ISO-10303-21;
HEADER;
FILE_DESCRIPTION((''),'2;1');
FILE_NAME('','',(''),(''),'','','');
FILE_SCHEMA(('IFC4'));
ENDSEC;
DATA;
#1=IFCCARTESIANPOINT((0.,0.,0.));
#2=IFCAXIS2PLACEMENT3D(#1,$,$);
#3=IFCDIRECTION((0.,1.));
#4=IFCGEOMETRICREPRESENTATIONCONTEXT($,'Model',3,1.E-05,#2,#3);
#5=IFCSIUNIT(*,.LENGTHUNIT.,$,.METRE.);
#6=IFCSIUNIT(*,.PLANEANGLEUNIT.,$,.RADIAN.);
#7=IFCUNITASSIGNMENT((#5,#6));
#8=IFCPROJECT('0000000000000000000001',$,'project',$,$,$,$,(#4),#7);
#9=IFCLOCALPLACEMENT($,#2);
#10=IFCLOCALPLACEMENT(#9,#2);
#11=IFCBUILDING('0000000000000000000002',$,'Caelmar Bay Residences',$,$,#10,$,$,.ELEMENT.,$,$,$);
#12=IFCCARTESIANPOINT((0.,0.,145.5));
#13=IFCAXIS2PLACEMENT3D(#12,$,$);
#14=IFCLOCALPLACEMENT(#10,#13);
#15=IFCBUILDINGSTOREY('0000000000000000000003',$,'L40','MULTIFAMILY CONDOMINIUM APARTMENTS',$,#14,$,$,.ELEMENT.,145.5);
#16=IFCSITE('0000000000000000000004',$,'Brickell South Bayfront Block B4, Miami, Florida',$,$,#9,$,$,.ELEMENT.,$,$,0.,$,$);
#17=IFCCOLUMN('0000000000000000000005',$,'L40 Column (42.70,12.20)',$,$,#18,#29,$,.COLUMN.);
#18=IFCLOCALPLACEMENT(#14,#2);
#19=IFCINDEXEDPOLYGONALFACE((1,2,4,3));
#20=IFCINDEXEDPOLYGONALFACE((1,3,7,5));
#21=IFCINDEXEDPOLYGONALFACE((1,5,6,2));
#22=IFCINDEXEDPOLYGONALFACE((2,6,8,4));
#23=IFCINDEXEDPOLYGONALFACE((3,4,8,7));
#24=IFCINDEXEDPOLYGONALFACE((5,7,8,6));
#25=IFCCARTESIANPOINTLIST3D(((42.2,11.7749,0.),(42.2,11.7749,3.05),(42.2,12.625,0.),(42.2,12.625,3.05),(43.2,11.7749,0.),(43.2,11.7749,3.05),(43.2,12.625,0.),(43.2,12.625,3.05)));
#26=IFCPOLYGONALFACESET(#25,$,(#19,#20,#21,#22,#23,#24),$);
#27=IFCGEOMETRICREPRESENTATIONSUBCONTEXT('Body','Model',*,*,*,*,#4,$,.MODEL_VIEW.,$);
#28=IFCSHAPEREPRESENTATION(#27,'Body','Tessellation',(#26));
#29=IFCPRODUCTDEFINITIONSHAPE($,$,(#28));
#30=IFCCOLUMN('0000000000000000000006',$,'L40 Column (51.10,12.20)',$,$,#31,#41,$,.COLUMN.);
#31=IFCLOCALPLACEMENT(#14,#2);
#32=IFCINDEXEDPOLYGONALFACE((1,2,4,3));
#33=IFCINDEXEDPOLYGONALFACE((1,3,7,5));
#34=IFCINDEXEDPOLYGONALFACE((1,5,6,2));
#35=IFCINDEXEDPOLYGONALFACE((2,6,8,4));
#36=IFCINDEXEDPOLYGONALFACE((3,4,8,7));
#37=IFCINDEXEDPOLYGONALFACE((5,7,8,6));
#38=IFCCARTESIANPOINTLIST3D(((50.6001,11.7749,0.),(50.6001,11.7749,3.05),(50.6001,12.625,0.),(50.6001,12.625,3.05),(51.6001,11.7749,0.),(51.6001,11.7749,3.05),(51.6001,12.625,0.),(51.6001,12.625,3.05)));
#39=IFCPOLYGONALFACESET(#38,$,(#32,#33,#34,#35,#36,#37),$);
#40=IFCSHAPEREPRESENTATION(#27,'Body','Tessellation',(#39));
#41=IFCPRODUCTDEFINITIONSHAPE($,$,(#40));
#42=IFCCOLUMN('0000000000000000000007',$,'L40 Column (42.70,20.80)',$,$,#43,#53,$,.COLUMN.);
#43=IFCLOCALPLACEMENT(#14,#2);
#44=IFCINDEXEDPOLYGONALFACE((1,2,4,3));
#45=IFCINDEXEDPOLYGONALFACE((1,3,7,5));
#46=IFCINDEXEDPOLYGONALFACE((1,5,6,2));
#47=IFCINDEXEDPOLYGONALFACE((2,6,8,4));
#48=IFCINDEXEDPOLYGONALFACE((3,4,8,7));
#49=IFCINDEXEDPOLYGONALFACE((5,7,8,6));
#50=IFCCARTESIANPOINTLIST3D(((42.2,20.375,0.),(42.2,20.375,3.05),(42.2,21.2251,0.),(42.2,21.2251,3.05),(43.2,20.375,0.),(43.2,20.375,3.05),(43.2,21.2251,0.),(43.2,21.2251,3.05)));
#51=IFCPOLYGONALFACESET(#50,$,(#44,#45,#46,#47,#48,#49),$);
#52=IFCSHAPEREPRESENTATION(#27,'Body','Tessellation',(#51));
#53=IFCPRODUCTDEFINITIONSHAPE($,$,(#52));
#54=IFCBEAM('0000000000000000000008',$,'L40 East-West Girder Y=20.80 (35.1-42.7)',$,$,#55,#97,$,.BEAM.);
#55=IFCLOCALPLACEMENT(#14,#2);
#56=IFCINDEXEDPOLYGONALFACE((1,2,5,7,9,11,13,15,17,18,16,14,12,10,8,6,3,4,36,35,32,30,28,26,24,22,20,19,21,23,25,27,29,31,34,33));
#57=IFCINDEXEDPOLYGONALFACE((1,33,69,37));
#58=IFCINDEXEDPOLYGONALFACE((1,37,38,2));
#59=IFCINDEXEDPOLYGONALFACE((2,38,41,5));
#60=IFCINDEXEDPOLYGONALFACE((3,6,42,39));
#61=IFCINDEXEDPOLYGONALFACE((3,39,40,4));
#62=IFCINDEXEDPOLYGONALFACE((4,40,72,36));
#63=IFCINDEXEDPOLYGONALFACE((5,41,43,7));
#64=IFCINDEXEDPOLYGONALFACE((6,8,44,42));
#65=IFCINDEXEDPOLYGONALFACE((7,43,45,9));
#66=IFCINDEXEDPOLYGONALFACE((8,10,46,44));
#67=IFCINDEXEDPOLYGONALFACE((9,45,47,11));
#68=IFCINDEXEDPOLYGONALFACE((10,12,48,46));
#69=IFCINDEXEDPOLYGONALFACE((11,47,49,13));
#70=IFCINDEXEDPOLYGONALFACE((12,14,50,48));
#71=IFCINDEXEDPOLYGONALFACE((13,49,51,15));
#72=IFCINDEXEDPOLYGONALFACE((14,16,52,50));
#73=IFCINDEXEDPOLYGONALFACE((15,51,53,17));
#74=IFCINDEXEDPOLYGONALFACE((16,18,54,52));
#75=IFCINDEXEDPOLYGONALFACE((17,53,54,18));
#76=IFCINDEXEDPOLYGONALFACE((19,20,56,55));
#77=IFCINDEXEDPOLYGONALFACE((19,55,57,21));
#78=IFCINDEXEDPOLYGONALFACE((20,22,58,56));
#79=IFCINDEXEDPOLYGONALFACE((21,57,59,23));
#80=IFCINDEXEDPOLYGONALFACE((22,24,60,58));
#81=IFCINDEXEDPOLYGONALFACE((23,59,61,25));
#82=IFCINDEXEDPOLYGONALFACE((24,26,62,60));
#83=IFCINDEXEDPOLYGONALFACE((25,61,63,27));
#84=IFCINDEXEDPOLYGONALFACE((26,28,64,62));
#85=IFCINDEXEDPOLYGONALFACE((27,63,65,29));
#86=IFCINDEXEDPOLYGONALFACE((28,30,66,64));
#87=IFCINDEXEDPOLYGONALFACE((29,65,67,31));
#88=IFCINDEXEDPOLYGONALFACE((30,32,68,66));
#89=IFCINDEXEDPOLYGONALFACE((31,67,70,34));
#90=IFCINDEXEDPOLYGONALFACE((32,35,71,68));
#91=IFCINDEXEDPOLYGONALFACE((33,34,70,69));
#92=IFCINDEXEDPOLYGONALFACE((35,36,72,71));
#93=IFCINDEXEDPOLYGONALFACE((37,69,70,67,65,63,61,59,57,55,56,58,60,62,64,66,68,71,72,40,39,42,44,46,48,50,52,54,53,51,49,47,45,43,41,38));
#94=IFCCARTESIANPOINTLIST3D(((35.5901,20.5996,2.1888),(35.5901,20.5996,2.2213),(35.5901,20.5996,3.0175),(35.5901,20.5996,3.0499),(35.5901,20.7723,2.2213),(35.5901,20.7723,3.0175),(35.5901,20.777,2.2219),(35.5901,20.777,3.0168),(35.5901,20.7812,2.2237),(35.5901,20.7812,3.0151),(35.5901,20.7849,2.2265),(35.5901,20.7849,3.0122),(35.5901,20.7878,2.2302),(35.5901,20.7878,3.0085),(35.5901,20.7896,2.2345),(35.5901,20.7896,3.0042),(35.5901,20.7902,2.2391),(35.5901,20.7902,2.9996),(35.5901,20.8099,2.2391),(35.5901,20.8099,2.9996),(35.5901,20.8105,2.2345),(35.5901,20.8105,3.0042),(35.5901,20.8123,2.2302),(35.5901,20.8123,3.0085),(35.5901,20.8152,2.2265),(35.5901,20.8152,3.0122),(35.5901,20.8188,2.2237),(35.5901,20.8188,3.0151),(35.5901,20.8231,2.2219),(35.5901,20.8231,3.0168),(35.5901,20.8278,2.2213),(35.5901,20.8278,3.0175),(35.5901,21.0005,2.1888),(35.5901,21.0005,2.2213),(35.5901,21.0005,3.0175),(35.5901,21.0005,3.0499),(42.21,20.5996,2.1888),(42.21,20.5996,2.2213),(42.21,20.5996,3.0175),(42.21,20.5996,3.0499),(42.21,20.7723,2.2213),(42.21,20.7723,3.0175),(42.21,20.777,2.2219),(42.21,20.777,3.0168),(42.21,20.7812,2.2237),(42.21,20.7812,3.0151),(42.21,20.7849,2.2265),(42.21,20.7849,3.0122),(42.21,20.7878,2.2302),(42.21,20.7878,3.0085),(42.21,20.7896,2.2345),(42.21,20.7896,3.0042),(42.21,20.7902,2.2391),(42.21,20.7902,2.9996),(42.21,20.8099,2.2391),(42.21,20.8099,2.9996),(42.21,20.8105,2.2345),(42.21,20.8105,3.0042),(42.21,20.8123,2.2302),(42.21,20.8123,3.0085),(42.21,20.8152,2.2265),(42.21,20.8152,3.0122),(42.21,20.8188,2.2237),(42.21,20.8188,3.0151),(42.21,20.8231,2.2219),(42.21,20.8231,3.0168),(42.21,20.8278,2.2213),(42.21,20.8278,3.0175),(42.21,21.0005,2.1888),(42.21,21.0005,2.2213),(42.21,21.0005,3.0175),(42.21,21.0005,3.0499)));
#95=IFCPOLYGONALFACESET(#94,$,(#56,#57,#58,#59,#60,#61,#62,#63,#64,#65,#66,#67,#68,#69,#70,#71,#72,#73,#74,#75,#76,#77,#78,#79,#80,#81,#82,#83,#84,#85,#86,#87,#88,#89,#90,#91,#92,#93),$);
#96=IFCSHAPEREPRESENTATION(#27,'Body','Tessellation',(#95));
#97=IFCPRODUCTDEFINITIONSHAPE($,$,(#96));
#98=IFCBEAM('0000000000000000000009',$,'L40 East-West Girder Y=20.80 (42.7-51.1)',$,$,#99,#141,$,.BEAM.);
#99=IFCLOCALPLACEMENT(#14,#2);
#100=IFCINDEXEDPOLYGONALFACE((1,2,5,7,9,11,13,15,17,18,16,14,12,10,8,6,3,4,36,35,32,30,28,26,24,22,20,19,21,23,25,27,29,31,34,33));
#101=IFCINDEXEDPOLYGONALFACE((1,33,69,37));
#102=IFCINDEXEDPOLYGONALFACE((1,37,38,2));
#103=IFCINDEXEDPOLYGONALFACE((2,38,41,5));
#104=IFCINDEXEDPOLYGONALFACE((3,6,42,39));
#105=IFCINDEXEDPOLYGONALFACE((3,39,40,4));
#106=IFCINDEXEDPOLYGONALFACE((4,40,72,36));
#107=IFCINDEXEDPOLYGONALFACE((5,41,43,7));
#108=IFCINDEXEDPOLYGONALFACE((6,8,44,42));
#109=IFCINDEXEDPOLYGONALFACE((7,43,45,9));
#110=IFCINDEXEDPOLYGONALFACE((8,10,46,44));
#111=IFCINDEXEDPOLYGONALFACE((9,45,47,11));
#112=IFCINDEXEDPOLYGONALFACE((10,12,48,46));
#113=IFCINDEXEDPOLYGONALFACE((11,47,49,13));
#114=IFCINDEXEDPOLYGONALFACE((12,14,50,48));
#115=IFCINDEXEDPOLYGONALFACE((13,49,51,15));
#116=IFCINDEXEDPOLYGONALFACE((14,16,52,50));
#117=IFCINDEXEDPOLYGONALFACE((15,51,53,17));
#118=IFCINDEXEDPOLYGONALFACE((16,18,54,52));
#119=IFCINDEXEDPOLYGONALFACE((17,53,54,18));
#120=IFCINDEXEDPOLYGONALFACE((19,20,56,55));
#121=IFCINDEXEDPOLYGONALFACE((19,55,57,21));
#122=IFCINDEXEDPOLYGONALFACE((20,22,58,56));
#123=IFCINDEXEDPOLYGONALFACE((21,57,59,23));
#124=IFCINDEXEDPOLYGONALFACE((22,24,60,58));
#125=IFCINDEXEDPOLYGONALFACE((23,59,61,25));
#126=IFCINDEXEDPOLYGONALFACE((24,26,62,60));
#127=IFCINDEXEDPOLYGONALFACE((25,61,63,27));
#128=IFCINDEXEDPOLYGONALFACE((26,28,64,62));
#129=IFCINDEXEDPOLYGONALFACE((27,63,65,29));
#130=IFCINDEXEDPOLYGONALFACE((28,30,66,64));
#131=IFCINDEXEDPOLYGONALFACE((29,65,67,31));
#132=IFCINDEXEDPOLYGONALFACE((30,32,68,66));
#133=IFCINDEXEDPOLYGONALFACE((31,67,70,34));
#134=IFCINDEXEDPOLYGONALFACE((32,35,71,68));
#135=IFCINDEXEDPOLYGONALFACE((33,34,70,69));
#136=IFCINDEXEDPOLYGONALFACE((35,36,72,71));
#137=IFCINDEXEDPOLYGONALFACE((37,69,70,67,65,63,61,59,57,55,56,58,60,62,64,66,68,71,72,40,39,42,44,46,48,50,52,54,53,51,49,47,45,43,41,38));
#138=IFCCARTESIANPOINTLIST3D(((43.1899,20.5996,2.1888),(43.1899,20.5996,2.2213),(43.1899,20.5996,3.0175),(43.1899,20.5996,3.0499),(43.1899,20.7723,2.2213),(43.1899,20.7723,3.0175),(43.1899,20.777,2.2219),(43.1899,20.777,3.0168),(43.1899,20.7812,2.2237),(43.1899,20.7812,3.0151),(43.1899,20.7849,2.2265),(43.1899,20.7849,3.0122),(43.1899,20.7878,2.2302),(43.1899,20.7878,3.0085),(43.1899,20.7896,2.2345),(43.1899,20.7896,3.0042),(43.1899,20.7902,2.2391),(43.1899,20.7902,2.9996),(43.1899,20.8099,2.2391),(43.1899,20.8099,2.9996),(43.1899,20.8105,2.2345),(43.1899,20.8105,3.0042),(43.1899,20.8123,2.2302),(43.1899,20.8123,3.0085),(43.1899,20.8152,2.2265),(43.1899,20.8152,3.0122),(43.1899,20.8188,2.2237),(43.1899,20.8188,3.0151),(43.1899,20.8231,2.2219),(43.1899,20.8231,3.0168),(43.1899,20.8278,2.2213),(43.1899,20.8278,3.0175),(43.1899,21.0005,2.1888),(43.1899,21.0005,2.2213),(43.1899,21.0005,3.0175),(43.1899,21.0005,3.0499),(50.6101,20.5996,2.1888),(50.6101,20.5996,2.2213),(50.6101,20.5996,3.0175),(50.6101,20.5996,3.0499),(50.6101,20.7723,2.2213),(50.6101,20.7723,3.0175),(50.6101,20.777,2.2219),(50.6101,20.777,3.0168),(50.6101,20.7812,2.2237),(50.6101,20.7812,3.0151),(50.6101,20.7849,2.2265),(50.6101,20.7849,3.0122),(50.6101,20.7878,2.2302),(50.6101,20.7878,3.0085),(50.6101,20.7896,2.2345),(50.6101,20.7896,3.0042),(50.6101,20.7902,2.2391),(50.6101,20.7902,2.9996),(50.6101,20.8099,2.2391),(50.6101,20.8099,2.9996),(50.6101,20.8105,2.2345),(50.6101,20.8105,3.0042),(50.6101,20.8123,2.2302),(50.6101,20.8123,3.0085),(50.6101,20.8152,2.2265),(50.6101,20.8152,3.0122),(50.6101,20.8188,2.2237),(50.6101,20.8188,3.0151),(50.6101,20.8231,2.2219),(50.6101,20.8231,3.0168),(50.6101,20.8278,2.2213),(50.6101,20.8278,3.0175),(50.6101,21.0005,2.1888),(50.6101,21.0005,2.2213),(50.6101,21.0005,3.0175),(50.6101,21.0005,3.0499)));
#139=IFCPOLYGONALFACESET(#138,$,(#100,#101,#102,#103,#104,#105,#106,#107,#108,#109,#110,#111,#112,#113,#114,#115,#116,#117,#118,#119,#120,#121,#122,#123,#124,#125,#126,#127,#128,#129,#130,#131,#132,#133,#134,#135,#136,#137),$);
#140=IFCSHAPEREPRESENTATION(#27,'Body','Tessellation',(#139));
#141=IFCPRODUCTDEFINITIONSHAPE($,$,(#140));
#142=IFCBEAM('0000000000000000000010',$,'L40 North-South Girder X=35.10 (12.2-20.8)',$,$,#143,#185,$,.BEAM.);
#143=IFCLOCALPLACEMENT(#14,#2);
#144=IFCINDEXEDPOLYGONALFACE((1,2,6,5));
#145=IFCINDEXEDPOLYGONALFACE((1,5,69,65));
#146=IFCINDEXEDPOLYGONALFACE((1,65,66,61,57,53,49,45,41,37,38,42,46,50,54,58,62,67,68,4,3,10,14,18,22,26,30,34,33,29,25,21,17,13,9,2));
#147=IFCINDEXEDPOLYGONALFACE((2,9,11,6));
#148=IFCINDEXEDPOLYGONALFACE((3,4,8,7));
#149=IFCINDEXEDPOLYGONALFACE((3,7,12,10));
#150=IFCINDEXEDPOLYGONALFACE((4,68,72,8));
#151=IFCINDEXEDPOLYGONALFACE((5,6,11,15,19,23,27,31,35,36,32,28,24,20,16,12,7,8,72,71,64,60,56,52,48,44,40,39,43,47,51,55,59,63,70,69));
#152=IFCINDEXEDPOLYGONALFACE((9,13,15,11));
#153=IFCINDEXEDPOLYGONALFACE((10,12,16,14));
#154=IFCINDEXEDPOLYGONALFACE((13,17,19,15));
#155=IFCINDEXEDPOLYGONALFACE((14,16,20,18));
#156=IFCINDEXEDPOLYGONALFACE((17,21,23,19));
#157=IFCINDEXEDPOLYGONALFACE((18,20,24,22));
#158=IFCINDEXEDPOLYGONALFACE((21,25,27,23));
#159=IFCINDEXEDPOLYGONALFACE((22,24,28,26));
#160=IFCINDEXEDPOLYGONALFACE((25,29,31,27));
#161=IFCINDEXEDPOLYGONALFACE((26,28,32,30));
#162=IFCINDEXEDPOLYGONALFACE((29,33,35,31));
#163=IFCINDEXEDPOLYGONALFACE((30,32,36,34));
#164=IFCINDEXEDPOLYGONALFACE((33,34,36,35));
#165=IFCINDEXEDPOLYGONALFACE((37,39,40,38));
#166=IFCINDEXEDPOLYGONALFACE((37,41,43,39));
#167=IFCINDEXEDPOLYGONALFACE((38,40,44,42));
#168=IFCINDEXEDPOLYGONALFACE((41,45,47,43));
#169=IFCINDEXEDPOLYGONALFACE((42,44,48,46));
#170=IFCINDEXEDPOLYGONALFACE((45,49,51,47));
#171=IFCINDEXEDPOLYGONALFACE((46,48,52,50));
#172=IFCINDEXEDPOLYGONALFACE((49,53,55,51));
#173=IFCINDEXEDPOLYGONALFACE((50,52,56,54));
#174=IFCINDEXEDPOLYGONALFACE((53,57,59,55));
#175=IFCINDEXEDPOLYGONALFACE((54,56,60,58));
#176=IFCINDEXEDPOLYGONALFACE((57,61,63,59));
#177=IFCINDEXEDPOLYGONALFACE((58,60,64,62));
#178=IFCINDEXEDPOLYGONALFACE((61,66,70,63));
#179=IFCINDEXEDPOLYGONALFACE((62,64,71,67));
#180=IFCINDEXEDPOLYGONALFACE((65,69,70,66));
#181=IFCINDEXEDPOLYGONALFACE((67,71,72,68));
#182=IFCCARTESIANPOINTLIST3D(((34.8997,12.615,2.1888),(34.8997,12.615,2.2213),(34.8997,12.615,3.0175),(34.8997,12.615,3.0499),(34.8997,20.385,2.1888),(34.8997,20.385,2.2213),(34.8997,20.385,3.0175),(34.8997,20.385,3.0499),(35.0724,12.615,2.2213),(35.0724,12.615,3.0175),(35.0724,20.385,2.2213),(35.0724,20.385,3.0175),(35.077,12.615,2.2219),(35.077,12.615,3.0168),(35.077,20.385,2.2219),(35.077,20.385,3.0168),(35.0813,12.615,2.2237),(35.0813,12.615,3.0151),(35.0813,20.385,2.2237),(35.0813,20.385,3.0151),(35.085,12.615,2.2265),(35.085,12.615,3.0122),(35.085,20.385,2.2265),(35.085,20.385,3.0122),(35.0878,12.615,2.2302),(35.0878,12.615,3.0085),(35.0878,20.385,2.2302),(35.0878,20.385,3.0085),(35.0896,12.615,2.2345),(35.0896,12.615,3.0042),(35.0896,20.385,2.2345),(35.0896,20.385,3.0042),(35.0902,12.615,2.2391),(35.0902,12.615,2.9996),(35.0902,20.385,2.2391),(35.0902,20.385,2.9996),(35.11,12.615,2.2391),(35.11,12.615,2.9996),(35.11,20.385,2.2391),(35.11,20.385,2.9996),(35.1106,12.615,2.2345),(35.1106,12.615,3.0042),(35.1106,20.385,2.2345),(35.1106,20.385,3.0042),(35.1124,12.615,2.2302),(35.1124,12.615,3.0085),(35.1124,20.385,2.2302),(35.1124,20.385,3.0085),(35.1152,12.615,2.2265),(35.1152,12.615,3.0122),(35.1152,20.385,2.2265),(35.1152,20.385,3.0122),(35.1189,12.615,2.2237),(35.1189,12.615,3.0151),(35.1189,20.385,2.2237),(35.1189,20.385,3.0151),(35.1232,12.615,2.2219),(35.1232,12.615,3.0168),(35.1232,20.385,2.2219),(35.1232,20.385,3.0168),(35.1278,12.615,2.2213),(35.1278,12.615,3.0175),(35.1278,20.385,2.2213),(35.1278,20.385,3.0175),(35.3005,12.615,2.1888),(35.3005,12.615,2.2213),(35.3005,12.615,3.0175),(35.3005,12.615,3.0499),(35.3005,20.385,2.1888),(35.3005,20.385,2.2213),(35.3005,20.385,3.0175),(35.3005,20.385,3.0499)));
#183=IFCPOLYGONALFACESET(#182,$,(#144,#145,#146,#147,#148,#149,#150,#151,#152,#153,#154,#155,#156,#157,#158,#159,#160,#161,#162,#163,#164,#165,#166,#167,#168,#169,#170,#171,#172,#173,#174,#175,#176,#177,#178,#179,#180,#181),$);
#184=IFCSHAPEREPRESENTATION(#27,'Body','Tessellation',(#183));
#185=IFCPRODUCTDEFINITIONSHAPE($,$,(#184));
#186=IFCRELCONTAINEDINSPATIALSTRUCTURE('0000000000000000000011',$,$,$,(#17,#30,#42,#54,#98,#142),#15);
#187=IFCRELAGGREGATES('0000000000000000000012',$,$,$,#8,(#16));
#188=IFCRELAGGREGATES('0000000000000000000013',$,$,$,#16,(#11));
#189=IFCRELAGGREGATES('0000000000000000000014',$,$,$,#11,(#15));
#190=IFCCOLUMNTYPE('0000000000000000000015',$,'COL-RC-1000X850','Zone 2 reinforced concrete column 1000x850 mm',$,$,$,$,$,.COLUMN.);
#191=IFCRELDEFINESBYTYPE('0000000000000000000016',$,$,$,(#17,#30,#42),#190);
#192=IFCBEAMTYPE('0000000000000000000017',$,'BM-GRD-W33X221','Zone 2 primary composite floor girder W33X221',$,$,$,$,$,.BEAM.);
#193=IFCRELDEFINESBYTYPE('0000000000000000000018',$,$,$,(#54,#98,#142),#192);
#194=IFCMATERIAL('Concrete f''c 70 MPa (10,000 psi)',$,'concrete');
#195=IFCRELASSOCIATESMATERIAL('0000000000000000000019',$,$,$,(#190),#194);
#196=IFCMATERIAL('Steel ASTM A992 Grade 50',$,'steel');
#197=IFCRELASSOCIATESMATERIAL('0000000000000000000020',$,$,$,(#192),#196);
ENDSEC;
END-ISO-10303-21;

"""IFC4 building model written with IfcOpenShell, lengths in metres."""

from ifc_helpers import new_model, si_unit, direction, frame, origin, origin_2d, place, context, subcontext, project, spatial, rectangle, i_section, extrude, material, material_profile, profile_set, type_object, element, save


model = new_model("IFC4")

# Units and contexts
model_context = context("Model", 3, precision=1e-05, world=origin(), true_north=direction((0.0, 1.0)))
body_context = subcontext(model_context, "Body", "Model", "MODEL_VIEW")
ifc_project = project(units=[si_unit("LENGTHUNIT", "METRE"), si_unit("PLANEANGLEUNIT", "RADIAN")], contexts=[model_context])

# Site, building, storey
site_placement = place(None, origin())
site = spatial("IfcSite", under=ifc_project, at=site_placement, Name="Brickell South Bayfront Block B4, Miami, Florida", CompositionType="ELEMENT", RefElevation=0.0)
building_placement = place(site_placement, origin())
building = spatial("IfcBuilding", under=site, at=building_placement, Name="Caelmar Bay Residences", CompositionType="ELEMENT")
storey_placement = place(building_placement, frame((0.0, 0.0, 145.5)))
storey = spatial("IfcBuildingStorey", under=building, at=storey_placement, Name="L40", Description="MULTIFAMILY CONDOMINIUM APARTMENTS", CompositionType="ELEMENT", Elevation=145.5)

# Columns
ifc_material_1 = material(Name="Concrete f'c 70 MPa (10,000 psi)", Category="concrete")
ifc_material_profile_1 = material_profile(ifc_material_1, rectangle(XDim=1.0, YDim=0.8501, at=origin_2d()), Name="RC-COL-1000X850")
ifc_profile_set_1 = profile_set([ifc_material_profile_1], Name="Concrete f'c 70 MPa (10,000 psi)")
column_type = type_object("IfcColumnType", Name="COL-RC-1000X850", Description="Zone 2 reinforced concrete column 1000x850 mm", PredefinedType="COLUMN", material=ifc_profile_set_1)
for number, where, z_axis, x_axis, name in (
    (1, (42.7, 12.2, 0.0), (0.0, 0.0, 1.0), (1.0, 0.0, 0.0), "L40 Column (42.70,12.20)"),
    (2, (51.1001, 12.2, 0.0), (0.0, 0.0, 1.0), (1.0, 0.0, 0.0), "L40 Column (51.10,12.20)"),
    (3, (42.7, 20.8, 0.0), (0.0, 0.0, 1.0), (1.0, 0.0, 0.0), "L40 Column (42.70,20.80)"),
):
    element("IfcColumn", number, at=place(storey_placement, frame(where, z_axis=z_axis, x_axis=x_axis)), inside=storey, type_object=column_type, Name=name, PredefinedType="COLUMN", context=body_context, shape_type="SweptSolid", body=[
        extrude(rectangle(XDim=1.0, YDim=0.8501, at=origin_2d()), origin(), (0.0, 0.0, 1.0), 3.05),
    ])

# Beams
ifc_material_2 = material(Name="Steel ASTM A992 Grade 50", Category="steel")
ifc_material_profile_2 = material_profile(ifc_material_2, i_section(OverallWidth=0.4009, OverallDepth=0.8611, WebThickness=0.0198, FlangeThickness=0.0325, FilletRadius=0.0178, at=origin_2d()), Name="W33X221")
ifc_profile_set_2 = profile_set([ifc_material_profile_2], Name="Steel ASTM A992 Grade 50")
beam_type_1 = type_object("IfcBeamType", Name="BM-GRD-W33X221", Description="Zone 2 primary composite floor girder W33X221", PredefinedType="BEAM", material=ifc_profile_set_2)
beam_1_placement = place(storey_placement, frame((35.5901, 20.8, 2.6194), z_axis=(1.0, 0.0, 0.0), x_axis=(0.0, 1.0, 0.0)))
element("IfcBeam", 4, at=beam_1_placement, inside=storey, type_object=beam_type_1, Name="L40 East-West Girder Y=20.80 (35.1-42.7)", PredefinedType="BEAM", context=body_context, shape_type="SweptSolid", body=[
    extrude(i_section(OverallWidth=0.4009, OverallDepth=0.8611, WebThickness=0.0198, FlangeThickness=0.0325, FilletRadius=0.0178, at=origin_2d()), origin(), (0.0, 0.0, 1.0), 6.6199),
])
beam_2_placement = place(storey_placement, frame((43.1899, 20.8, 2.6194), z_axis=(1.0, 0.0, 0.0), x_axis=(0.0, 1.0, 0.0)))
element("IfcBeam", 5, at=beam_2_placement, inside=storey, type_object=beam_type_1, Name="L40 East-West Girder Y=20.80 (42.7-51.1)", PredefinedType="BEAM", context=body_context, shape_type="SweptSolid", body=[
    extrude(i_section(OverallWidth=0.4009, OverallDepth=0.8611, WebThickness=0.0198, FlangeThickness=0.0325, FilletRadius=0.0178, at=origin_2d()), origin(), (0.0, 0.0, 1.0), 7.4202),
])
for number, where, z_axis, x_axis, name in (
    (6, (35.1001, 12.615, 2.6194), (0.0, 1.0, 0.0), (-1.0, 0.0, 0.0), "L40 North-South Girder X=35.10 (12.2-20.8)"),
):
    element("IfcBeam", number, at=place(storey_placement, frame(where, z_axis=z_axis, x_axis=x_axis)), inside=storey, type_object=beam_type_1, Name=name, PredefinedType="BEAM", context=body_context, shape_type="SweptSolid", body=[
        extrude(i_section(OverallWidth=0.4009, OverallDepth=0.8611, WebThickness=0.0198, FlangeThickness=0.0325, FilletRadius=0.0178, at=origin_2d()), origin(), (0.0, 0.0, 1.0), 7.77),
    ])

save(model, "model.ifc")
